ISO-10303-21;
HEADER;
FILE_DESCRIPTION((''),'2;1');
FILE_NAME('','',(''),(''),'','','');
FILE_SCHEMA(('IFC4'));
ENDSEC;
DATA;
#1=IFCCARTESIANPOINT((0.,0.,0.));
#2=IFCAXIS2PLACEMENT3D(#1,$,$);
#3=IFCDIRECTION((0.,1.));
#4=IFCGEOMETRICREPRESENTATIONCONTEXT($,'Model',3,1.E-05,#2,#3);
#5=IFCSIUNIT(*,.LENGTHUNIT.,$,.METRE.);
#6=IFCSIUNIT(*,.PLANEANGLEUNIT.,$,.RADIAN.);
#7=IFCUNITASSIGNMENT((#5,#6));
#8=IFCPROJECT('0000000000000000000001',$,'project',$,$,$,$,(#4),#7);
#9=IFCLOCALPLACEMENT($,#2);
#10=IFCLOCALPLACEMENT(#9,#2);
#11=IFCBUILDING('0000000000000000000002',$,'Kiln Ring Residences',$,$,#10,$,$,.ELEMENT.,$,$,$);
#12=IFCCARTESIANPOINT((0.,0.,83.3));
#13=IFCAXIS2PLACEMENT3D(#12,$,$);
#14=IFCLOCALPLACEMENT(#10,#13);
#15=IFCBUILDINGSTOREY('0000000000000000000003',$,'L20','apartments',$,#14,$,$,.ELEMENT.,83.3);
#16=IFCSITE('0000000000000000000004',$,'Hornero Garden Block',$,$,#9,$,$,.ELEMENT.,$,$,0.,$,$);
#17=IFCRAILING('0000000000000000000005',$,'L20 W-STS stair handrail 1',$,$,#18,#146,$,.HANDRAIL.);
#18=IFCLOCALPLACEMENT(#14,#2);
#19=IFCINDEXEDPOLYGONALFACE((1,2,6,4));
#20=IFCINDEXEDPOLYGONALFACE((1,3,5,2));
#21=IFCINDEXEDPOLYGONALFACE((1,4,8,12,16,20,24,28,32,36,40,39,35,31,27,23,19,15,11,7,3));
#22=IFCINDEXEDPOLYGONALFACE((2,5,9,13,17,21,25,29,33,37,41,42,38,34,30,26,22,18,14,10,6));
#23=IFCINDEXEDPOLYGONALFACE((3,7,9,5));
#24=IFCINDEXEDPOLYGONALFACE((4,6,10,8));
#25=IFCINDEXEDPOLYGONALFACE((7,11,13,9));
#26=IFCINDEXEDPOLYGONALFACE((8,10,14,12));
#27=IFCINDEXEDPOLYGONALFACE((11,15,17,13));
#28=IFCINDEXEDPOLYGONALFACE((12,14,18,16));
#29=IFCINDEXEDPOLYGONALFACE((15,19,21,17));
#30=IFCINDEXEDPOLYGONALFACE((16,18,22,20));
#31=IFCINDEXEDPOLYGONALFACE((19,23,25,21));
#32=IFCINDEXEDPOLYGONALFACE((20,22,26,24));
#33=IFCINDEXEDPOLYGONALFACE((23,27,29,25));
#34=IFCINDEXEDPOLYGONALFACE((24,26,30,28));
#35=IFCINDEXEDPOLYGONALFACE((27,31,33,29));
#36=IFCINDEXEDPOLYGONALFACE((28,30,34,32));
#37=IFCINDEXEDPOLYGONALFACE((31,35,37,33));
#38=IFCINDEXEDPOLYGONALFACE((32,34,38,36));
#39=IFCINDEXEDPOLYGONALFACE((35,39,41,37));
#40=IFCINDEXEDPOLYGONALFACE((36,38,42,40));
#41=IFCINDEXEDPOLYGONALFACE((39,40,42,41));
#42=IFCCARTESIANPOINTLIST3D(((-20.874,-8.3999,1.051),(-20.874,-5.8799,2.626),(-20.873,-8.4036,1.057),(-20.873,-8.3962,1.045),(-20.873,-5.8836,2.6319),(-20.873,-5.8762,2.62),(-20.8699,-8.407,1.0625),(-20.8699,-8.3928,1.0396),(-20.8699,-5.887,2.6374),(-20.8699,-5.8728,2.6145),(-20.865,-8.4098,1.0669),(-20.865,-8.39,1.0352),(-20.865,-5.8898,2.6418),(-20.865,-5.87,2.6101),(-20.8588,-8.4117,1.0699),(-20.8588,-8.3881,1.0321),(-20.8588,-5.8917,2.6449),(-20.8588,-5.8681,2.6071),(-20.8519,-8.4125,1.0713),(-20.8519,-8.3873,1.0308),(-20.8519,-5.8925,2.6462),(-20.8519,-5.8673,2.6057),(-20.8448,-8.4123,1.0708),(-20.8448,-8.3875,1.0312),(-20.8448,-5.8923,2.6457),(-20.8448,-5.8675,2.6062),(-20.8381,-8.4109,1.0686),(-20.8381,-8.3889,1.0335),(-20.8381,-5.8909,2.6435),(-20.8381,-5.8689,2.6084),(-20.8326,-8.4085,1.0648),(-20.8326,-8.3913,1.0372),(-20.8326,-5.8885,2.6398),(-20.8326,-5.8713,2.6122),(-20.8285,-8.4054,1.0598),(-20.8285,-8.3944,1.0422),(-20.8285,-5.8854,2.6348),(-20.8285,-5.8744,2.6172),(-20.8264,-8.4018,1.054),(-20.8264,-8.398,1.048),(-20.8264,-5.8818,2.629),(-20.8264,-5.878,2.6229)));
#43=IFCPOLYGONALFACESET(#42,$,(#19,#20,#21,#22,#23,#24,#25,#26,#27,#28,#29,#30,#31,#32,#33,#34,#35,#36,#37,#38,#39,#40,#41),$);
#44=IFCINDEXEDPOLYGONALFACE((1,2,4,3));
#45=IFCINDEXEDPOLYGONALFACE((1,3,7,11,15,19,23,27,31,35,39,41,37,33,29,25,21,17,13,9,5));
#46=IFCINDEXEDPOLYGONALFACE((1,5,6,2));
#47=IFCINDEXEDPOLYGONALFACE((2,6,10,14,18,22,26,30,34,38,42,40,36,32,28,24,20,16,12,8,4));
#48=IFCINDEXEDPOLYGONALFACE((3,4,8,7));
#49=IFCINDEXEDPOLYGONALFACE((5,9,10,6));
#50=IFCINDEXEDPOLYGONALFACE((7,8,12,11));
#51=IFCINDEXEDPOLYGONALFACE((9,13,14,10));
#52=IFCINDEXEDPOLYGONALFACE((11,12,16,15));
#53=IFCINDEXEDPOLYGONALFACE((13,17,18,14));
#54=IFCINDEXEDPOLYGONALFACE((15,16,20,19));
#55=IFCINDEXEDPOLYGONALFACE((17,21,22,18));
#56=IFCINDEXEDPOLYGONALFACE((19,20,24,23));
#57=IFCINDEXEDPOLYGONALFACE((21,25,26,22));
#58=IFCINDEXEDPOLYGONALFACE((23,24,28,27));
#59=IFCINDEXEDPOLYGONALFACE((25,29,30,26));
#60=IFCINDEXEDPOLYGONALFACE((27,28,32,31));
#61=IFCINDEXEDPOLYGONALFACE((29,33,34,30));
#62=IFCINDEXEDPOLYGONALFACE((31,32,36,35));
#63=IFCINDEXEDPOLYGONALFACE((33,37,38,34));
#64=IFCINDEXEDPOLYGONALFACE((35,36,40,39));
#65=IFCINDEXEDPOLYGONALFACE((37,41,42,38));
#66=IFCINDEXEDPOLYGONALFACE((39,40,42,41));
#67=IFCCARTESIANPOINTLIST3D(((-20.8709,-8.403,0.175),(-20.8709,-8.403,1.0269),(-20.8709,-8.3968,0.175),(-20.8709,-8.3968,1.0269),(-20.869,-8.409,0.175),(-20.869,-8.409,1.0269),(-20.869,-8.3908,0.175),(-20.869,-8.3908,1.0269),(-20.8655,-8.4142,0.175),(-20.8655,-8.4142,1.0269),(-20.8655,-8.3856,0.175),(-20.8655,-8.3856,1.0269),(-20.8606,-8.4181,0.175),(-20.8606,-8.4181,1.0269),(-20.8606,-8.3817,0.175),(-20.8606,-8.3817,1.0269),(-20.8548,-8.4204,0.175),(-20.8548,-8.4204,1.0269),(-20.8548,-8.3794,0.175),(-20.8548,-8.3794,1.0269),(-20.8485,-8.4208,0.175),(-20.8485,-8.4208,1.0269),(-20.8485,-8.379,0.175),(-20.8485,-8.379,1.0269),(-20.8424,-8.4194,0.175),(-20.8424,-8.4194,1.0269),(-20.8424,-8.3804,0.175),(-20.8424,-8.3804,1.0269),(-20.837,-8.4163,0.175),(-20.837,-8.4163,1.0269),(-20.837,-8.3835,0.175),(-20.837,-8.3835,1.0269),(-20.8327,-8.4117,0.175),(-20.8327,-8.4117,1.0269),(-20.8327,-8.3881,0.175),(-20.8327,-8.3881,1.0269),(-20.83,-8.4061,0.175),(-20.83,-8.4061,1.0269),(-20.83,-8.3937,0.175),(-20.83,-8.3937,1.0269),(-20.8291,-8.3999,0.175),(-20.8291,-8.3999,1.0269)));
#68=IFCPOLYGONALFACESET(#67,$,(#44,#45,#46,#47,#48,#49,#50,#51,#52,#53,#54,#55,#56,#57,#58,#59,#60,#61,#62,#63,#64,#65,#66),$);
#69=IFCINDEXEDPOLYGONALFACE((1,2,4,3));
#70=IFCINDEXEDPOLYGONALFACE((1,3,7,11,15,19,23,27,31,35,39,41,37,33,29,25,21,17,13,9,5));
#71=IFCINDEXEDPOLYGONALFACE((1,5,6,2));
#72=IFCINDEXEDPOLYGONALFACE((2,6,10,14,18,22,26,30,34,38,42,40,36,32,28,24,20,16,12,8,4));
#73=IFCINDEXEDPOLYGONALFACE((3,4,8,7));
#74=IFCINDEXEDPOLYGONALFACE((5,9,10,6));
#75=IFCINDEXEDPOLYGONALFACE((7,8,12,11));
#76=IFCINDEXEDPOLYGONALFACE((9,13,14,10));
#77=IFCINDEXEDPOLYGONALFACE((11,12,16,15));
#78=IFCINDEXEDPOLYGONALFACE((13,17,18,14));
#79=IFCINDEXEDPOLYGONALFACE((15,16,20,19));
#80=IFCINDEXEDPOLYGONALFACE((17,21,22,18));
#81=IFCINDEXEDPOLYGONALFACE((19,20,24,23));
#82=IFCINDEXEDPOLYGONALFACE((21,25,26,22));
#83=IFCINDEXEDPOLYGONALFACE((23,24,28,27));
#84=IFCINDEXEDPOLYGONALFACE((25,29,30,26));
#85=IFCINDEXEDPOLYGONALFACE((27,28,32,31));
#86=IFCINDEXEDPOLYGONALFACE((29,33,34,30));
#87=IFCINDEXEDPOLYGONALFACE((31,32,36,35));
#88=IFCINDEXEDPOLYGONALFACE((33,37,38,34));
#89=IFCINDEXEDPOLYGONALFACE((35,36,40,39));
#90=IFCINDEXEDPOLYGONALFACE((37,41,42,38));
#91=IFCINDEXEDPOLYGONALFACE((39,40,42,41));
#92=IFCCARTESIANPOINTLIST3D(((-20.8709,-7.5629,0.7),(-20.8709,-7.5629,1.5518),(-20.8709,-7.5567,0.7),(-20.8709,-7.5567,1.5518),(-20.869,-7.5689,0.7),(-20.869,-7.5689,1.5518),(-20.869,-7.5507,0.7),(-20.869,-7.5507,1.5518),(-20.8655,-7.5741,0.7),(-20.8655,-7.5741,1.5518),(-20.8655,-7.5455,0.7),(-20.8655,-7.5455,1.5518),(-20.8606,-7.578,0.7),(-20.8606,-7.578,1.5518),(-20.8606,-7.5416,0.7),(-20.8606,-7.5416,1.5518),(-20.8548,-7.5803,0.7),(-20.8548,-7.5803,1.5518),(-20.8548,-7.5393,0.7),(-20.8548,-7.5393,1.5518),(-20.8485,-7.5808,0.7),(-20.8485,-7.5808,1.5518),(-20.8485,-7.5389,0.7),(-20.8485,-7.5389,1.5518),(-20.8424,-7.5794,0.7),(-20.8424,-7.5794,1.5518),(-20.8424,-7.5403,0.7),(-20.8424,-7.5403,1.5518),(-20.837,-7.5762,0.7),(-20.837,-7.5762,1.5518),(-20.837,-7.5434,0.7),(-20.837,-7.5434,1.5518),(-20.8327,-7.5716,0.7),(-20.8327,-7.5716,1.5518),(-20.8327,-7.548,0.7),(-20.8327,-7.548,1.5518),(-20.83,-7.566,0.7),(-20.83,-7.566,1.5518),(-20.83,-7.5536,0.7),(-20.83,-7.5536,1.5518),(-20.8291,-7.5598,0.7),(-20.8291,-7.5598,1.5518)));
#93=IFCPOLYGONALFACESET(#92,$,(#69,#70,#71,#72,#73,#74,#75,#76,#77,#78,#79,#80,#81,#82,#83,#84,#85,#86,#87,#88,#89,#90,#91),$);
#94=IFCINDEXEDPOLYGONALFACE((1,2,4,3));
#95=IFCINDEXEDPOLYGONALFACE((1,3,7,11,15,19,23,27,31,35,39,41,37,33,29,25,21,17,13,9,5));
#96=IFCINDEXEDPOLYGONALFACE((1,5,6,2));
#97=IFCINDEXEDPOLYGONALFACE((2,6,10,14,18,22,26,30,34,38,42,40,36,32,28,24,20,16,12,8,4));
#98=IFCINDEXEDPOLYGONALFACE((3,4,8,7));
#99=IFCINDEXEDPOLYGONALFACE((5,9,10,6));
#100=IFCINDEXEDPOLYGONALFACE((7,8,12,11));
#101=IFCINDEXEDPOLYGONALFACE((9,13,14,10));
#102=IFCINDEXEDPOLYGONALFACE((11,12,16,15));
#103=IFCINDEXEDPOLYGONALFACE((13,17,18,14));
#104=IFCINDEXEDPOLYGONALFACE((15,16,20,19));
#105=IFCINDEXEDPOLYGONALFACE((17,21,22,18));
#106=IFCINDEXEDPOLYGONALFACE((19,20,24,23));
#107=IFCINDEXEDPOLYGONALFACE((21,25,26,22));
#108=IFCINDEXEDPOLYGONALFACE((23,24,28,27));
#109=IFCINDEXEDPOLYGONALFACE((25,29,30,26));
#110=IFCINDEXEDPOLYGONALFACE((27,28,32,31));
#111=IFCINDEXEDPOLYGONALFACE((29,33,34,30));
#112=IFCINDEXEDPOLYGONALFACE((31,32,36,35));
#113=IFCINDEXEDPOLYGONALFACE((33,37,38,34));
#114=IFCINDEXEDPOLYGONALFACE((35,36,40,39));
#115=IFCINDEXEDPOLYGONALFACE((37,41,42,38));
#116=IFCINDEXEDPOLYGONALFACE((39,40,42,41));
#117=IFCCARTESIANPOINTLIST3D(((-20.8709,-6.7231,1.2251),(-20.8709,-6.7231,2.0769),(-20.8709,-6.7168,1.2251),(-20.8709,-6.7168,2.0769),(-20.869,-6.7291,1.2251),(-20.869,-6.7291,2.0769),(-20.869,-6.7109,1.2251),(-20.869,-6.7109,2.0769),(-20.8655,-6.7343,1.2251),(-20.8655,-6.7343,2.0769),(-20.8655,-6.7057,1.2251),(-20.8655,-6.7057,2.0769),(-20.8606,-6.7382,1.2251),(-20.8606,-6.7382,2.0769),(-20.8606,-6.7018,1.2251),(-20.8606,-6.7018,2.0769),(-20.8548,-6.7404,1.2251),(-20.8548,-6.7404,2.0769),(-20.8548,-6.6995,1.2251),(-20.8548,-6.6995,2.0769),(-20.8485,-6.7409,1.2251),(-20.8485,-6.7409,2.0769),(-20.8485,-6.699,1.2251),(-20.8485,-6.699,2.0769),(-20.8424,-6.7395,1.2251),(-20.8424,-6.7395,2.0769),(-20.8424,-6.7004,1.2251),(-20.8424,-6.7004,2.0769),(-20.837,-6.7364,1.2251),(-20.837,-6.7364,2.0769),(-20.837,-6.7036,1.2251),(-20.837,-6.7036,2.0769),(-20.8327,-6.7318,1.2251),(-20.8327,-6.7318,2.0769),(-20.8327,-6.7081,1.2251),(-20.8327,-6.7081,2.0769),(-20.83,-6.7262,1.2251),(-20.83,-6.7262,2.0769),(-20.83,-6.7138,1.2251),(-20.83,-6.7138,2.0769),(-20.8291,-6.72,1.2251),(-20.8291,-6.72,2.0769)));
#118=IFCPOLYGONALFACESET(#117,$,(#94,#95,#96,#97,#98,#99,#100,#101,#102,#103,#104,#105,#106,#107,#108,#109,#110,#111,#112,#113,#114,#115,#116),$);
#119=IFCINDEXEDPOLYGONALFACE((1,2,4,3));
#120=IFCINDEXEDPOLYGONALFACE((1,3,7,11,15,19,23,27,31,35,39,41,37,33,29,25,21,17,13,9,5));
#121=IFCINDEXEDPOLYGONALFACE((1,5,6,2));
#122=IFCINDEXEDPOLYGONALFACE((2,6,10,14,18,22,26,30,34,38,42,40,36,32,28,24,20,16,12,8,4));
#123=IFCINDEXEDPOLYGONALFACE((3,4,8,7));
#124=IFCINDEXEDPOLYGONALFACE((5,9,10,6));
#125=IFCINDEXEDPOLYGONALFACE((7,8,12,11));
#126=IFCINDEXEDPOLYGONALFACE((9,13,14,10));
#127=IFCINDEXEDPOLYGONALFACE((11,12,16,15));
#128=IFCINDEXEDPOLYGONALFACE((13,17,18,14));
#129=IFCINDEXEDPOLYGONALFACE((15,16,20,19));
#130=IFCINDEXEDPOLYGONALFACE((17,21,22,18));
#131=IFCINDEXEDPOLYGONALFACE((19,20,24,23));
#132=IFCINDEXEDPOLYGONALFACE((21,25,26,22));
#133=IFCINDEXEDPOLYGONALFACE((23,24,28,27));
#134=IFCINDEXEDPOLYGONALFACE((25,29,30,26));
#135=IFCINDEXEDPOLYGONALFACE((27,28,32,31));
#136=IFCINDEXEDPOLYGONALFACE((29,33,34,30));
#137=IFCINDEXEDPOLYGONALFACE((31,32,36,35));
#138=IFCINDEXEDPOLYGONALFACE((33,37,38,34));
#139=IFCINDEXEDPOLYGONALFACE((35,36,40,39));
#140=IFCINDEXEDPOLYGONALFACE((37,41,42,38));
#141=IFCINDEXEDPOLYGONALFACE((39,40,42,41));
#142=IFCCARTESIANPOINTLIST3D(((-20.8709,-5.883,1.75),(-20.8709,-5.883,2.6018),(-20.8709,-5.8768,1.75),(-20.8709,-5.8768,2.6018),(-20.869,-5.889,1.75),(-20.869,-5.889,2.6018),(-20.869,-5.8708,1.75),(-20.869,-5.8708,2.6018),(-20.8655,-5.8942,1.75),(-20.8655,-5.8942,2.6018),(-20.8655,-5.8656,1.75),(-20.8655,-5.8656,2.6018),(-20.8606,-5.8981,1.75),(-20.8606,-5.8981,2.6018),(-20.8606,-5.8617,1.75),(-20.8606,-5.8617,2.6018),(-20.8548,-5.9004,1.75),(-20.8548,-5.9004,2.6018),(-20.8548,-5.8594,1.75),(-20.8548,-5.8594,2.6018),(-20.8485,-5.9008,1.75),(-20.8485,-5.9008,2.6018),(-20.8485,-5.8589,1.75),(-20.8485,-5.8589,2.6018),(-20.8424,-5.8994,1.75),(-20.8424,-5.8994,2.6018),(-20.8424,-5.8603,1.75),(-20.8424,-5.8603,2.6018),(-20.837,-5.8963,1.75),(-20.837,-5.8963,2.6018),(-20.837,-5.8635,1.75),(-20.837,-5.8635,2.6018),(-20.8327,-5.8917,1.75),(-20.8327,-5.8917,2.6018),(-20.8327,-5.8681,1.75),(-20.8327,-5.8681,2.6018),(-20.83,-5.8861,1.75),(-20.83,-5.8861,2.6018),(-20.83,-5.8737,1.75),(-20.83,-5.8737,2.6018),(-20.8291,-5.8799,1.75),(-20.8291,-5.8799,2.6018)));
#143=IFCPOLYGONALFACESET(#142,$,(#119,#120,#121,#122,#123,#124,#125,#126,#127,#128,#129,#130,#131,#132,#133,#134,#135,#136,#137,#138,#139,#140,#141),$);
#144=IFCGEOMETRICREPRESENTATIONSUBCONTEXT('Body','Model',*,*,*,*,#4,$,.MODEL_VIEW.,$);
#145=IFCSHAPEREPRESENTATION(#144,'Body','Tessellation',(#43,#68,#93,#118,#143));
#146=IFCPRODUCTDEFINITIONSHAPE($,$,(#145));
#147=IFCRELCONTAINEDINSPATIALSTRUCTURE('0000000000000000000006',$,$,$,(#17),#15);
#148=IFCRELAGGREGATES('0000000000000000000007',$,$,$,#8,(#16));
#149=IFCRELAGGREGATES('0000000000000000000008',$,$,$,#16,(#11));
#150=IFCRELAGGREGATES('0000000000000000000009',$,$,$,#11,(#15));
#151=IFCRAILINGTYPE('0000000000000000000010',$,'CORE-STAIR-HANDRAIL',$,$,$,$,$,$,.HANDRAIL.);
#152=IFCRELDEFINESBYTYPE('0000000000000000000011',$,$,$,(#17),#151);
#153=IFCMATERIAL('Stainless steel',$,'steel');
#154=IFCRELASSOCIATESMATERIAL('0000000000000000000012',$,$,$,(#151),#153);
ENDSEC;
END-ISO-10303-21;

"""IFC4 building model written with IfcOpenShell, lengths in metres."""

from ifc_helpers import new_model, si_unit, direction, frame, origin, origin_2d, place, context, subcontext, project, spatial, circle, extrude, material, type_object, element, save


model = new_model("IFC4")

# Units and contexts
model_context = context("Model", 3, precision=1e-05, world=origin(), true_north=direction((0.0, 1.0)))
body_context = subcontext(model_context, "Body", "Model", "MODEL_VIEW")
ifc_project = project(units=[si_unit("LENGTHUNIT", "METRE"), si_unit("PLANEANGLEUNIT", "RADIAN")], contexts=[model_context])

# Site, building, storey
site_placement = place(None, origin())
site = spatial("IfcSite", under=ifc_project, at=site_placement, Name="Hornero Garden Block", CompositionType="ELEMENT", RefElevation=0.0)
building_placement = place(site_placement, origin())
building = spatial("IfcBuilding", under=site, at=building_placement, Name="Kiln Ring Residences", CompositionType="ELEMENT")
storey_placement = place(building_placement, frame((0.0, 0.0, 83.3)))
storey = spatial("IfcBuildingStorey", under=building, at=storey_placement, Name="L20", Description="apartments", CompositionType="ELEMENT", Elevation=83.3)

# Railing
ifc_material_1 = material(Name="Stainless steel", Category="steel")
railing_type_1 = type_object("IfcRailingType", Name="CORE-STAIR-HANDRAIL", PredefinedType="HANDRAIL", material=ifc_material_1)
railing_1_placement = place(storey_placement, frame((-20.8501, -8.3999, 0.175)))
element("IfcRailing", 1, at=railing_1_placement, inside=storey, type_object=railing_type_1, Name="L20 W-STS stair handrail 1", PredefinedType="HANDRAIL", context=body_context, shape_type="SweptSolid", body=[
    extrude(circle(Radius=0.0239, at=origin_2d()), frame((0.0, 0.0, 0.876), z_axis=(0.0, 0.848008, 0.529984), x_axis=(-1.0, 0.0, 0.0)), (0.0, 0.0, 1.0), 2.9717),
    extrude(circle(Radius=0.021, at=origin_2d()), origin(), (0.0, 0.0, 1.0), 0.8518),
    extrude(circle(Radius=0.021, at=origin_2d()), frame((0.0, 0.8401, 0.5249)), (0.0, 0.0, 1.0), 0.8518),
    extrude(circle(Radius=0.021, at=origin_2d()), frame((0.0, 1.6799, 1.05)), (0.0, 0.0, 1.0), 0.8518),
    extrude(circle(Radius=0.021, at=origin_2d()), frame((0.0, 2.52, 1.575)), (0.0, 0.0, 1.0), 0.8518),
])

save(model, "model.ifc")
